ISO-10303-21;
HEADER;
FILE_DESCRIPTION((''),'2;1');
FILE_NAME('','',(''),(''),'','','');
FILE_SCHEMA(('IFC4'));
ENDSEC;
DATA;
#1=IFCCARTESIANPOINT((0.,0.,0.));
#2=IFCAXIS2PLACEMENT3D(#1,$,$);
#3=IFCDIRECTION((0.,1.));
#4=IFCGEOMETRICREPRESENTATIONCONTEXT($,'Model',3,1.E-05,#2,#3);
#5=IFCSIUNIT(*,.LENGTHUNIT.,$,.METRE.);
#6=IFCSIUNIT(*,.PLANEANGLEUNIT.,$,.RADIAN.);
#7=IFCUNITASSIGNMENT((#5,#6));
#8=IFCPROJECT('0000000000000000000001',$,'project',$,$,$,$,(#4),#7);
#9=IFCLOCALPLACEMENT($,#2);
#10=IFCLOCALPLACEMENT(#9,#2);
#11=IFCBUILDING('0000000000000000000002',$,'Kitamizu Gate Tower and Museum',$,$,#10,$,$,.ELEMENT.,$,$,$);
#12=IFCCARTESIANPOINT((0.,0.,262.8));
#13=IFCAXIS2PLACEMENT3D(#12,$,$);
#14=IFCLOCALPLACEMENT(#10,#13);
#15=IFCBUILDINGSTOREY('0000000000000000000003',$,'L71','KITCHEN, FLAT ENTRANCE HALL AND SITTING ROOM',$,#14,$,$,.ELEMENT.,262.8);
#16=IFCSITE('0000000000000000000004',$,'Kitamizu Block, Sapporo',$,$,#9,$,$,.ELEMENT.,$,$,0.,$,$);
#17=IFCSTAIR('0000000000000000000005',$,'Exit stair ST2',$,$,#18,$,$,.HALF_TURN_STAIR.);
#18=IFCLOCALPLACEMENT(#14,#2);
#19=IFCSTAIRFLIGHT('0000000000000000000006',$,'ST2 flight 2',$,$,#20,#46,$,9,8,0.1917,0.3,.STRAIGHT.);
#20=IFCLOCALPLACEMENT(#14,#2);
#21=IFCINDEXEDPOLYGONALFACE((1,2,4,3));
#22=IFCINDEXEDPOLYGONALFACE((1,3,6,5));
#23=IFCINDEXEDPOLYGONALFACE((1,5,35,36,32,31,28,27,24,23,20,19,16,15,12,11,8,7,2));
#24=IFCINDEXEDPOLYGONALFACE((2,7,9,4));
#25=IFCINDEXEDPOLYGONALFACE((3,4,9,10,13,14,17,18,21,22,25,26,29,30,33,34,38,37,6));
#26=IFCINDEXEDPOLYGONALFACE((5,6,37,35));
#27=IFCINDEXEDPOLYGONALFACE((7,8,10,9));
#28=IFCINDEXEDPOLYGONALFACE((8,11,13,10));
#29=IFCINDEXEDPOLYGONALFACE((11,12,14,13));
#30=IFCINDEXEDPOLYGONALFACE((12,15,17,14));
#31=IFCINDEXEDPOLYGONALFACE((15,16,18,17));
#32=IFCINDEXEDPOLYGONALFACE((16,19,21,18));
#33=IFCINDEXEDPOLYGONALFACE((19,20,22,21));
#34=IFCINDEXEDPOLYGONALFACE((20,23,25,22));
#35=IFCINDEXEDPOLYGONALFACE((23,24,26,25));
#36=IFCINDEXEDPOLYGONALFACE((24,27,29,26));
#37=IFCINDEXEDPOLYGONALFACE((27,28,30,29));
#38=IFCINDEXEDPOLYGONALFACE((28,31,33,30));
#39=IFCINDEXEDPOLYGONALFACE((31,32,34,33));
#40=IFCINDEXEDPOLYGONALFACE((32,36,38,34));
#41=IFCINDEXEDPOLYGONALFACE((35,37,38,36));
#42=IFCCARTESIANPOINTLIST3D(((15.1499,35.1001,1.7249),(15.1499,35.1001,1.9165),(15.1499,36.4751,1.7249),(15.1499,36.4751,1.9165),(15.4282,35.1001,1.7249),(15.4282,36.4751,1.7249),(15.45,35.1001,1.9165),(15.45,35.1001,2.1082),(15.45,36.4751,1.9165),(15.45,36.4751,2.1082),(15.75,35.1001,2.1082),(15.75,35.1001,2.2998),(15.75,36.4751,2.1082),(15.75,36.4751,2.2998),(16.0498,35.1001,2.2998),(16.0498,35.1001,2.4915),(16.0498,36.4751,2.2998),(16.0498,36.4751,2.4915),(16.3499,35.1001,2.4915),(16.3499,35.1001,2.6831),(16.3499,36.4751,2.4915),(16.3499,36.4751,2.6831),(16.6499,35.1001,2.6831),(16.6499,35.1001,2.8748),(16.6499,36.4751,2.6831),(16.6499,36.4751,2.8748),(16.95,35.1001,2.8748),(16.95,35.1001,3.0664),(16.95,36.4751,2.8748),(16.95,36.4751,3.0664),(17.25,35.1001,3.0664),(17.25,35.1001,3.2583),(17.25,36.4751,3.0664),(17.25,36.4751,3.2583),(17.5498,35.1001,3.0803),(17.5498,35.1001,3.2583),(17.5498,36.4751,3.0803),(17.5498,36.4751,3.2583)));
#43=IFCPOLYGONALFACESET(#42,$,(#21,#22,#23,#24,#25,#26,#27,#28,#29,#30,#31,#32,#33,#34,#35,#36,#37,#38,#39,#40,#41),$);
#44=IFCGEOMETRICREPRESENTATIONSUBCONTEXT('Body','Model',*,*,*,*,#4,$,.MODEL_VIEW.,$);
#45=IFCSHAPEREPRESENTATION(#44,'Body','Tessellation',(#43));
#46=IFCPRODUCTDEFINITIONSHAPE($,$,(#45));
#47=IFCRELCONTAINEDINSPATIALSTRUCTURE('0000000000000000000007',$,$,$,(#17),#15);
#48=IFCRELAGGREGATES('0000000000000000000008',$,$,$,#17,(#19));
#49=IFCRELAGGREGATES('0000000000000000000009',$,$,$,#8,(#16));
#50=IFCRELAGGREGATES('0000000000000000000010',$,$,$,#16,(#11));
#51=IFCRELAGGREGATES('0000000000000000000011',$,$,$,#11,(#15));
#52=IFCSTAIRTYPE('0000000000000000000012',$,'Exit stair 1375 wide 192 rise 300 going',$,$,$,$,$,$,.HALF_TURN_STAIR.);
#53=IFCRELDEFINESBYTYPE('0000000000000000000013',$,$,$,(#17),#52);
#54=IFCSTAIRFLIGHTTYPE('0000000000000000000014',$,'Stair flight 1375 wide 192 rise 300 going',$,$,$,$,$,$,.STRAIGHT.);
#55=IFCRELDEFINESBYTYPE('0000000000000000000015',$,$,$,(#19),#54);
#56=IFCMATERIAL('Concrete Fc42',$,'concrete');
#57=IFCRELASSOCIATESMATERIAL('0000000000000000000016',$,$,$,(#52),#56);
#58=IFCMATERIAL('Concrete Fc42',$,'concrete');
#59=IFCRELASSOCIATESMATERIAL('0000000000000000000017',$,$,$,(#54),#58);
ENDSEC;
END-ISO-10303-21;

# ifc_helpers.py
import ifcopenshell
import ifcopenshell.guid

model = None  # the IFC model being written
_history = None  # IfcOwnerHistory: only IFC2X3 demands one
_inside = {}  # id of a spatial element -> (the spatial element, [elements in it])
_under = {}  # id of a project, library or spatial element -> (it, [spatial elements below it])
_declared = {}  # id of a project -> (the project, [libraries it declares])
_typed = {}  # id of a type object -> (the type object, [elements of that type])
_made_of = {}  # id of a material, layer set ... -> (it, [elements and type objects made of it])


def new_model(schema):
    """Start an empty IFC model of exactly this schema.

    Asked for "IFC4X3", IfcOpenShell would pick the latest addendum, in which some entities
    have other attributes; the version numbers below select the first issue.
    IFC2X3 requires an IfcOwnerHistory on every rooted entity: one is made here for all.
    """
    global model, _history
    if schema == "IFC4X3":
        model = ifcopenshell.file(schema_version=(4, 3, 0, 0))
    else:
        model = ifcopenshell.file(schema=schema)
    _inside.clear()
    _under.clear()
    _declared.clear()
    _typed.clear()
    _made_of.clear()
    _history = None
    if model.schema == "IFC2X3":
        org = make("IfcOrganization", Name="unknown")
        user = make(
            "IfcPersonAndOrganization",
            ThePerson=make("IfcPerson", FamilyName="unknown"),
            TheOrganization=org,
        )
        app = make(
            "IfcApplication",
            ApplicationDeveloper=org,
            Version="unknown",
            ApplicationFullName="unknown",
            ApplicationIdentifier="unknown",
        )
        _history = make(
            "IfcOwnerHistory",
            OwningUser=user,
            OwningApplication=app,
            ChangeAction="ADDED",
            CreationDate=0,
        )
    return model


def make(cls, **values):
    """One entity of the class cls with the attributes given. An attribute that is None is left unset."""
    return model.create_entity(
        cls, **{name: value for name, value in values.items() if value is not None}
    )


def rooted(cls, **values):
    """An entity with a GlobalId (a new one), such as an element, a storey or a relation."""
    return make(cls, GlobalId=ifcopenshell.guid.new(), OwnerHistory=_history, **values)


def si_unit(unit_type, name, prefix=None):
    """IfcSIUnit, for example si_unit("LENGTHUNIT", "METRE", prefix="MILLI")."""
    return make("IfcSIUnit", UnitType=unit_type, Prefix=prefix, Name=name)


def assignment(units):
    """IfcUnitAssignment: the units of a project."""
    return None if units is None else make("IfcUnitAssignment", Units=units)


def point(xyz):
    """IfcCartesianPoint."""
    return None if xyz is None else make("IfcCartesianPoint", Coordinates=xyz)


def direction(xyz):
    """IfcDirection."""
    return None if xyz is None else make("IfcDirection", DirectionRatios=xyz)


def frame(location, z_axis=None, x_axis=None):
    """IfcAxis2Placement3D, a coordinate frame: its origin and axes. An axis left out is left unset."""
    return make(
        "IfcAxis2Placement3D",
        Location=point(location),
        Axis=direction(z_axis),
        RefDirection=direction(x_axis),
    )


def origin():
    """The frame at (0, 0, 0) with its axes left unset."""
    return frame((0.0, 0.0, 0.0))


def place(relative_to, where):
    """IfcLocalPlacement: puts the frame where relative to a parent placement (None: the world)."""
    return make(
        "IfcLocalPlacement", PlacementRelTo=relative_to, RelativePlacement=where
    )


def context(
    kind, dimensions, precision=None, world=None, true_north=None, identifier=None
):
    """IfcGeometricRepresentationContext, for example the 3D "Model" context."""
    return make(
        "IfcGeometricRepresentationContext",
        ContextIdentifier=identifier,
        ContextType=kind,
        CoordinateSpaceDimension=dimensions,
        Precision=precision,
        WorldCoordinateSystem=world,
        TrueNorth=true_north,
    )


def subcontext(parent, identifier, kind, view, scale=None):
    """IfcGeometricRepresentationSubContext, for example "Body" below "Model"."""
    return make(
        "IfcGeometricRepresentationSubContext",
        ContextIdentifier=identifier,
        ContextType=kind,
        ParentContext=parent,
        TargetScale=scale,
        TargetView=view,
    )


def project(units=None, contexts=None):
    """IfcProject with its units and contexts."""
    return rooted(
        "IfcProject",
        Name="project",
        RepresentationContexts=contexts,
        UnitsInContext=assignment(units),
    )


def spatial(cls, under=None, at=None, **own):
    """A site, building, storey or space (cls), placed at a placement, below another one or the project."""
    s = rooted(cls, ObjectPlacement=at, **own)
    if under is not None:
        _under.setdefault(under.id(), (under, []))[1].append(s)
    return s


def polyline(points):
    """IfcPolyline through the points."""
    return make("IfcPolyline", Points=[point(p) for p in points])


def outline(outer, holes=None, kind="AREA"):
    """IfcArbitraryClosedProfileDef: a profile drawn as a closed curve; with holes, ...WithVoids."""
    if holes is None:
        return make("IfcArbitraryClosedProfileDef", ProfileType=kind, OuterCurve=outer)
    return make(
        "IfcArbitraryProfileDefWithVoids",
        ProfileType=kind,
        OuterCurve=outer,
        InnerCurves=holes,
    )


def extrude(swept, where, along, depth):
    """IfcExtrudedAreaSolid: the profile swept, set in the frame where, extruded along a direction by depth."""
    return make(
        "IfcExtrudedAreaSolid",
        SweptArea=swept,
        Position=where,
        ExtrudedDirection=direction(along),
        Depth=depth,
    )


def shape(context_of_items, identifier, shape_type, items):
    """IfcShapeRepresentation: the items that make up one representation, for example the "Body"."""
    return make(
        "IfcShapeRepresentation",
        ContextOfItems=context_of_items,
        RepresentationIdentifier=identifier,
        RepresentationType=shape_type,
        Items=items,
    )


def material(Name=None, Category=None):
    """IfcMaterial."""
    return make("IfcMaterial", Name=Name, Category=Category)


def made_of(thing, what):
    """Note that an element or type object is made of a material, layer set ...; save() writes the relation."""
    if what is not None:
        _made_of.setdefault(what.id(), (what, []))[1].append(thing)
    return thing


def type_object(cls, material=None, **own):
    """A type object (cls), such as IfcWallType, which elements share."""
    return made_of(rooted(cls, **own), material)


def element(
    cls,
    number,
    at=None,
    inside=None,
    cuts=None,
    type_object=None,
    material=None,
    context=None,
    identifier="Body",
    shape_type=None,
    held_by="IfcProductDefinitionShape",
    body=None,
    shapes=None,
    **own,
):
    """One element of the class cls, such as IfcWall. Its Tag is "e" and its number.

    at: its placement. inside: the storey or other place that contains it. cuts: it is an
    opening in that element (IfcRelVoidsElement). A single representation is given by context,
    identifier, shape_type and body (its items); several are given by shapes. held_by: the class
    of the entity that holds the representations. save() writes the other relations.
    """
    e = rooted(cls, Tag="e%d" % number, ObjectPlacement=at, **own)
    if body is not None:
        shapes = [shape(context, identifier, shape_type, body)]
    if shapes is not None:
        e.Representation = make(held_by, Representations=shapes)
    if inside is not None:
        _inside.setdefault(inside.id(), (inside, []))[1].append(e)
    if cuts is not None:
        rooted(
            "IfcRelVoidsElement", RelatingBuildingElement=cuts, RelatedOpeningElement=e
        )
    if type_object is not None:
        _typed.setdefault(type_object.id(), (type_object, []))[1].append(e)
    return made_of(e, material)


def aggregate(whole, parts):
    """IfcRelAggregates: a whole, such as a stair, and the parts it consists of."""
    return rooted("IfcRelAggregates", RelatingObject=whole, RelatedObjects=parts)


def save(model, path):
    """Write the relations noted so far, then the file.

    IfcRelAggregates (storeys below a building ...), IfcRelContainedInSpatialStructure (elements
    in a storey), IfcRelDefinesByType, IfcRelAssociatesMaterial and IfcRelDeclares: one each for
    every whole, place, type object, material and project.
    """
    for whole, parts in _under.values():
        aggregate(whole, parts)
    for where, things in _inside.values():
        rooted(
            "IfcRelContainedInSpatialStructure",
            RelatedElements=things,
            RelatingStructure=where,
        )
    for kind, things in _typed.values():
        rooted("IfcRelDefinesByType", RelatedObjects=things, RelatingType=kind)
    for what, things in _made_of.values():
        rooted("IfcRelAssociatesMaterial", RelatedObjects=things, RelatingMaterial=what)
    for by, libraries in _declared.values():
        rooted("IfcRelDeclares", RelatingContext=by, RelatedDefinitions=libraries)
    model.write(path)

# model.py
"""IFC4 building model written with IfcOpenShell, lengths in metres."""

from ifc_helpers import new_model, si_unit, direction, frame, origin, place, context, subcontext, project, spatial, polyline, outline, extrude, material, type_object, element, aggregate, save


model = new_model("IFC4")

# Units and contexts
model_context = context("Model", 3, precision=1e-05, world=origin(), true_north=direction((0.0, 1.0)))
body_context = subcontext(model_context, "Body", "Model", "MODEL_VIEW")
ifc_project = project(units=[si_unit("LENGTHUNIT", "METRE"), si_unit("PLANEANGLEUNIT", "RADIAN")], contexts=[model_context])

# Site, building, storey
site_placement = place(None, origin())
site = spatial("IfcSite", under=ifc_project, at=site_placement, Name="Kitamizu Block, Sapporo", CompositionType="ELEMENT", RefElevation=0.0)
building_placement = place(site_placement, origin())
building = spatial("IfcBuilding", under=site, at=building_placement, Name="Kitamizu Gate Tower and Museum", CompositionType="ELEMENT")
storey_placement = place(building_placement, frame((0.0, 0.0, 262.8)))
storey = spatial("IfcBuildingStorey", under=building, at=storey_placement, Name="L71", Description="KITCHEN, FLAT ENTRANCE HALL AND SITTING ROOM", CompositionType="ELEMENT", Elevation=262.8)

# Stair, stair flight
ifc_material_1 = material(Name="Concrete Fc42", Category="concrete")
stair_type = type_object("IfcStairType", Name="Exit stair 1375 wide 192 rise 300 going", PredefinedType="HALF_TURN_STAIR", material=ifc_material_1)
stair_placement = place(storey_placement, origin())
stair = element("IfcStair", 1, at=stair_placement, inside=storey, type_object=stair_type, Name="Exit stair ST2", PredefinedType="HALF_TURN_STAIR")
ifc_material_2 = material(Name="Concrete Fc42", Category="concrete")
stair_flight_type = type_object("IfcStairFlightType", Name="Stair flight 1375 wide 192 rise 300 going", PredefinedType="STRAIGHT", material=ifc_material_2)
stair_flight_placement = place(storey_placement, frame((15.1499, 35.7876, 1.7249), z_axis=(0.0, 0.0, 1.0), x_axis=(1.0, 0.0, 0.0)))
stair_flight = element("IfcStairFlight", 2, at=stair_flight_placement, type_object=stair_flight_type, Name="ST2 flight 2", NumberOfRisers=9, NumberOfTreads=8, PredefinedType="STRAIGHT", RiserHeight=0.1917, TreadLength=0.3, context=body_context, shape_type="SweptSolid", body=[
    extrude(outline(polyline([(0.0, 0.0), (0.0, 0.1917), (0.3, 0.1917), (0.3, 0.3833), (0.6001, 0.3833), (0.6001, 0.575), (0.8999, 0.575), (0.8999, 0.7666), (1.2, 0.7666), (1.2, 0.9583), (1.5, 0.9583), (1.5, 1.1499), (1.8, 1.1499), (1.8, 1.3416), (2.1001, 1.3416), (2.1001, 1.5334), (2.3999, 1.5334), (2.3999, 1.7251), (2.3999, 1.3555), (0.2783, 0.0), (0.0, 0.0)])), frame((0.0, 0.6875, 0.0), z_axis=(0.0, -1.0, 0.0), x_axis=(1.0, 0.0, 0.0)), (0.0, 0.0, 1.0), 1.375),
])
aggregate(stair, [stair_flight])

save(model, "model.ifc")
